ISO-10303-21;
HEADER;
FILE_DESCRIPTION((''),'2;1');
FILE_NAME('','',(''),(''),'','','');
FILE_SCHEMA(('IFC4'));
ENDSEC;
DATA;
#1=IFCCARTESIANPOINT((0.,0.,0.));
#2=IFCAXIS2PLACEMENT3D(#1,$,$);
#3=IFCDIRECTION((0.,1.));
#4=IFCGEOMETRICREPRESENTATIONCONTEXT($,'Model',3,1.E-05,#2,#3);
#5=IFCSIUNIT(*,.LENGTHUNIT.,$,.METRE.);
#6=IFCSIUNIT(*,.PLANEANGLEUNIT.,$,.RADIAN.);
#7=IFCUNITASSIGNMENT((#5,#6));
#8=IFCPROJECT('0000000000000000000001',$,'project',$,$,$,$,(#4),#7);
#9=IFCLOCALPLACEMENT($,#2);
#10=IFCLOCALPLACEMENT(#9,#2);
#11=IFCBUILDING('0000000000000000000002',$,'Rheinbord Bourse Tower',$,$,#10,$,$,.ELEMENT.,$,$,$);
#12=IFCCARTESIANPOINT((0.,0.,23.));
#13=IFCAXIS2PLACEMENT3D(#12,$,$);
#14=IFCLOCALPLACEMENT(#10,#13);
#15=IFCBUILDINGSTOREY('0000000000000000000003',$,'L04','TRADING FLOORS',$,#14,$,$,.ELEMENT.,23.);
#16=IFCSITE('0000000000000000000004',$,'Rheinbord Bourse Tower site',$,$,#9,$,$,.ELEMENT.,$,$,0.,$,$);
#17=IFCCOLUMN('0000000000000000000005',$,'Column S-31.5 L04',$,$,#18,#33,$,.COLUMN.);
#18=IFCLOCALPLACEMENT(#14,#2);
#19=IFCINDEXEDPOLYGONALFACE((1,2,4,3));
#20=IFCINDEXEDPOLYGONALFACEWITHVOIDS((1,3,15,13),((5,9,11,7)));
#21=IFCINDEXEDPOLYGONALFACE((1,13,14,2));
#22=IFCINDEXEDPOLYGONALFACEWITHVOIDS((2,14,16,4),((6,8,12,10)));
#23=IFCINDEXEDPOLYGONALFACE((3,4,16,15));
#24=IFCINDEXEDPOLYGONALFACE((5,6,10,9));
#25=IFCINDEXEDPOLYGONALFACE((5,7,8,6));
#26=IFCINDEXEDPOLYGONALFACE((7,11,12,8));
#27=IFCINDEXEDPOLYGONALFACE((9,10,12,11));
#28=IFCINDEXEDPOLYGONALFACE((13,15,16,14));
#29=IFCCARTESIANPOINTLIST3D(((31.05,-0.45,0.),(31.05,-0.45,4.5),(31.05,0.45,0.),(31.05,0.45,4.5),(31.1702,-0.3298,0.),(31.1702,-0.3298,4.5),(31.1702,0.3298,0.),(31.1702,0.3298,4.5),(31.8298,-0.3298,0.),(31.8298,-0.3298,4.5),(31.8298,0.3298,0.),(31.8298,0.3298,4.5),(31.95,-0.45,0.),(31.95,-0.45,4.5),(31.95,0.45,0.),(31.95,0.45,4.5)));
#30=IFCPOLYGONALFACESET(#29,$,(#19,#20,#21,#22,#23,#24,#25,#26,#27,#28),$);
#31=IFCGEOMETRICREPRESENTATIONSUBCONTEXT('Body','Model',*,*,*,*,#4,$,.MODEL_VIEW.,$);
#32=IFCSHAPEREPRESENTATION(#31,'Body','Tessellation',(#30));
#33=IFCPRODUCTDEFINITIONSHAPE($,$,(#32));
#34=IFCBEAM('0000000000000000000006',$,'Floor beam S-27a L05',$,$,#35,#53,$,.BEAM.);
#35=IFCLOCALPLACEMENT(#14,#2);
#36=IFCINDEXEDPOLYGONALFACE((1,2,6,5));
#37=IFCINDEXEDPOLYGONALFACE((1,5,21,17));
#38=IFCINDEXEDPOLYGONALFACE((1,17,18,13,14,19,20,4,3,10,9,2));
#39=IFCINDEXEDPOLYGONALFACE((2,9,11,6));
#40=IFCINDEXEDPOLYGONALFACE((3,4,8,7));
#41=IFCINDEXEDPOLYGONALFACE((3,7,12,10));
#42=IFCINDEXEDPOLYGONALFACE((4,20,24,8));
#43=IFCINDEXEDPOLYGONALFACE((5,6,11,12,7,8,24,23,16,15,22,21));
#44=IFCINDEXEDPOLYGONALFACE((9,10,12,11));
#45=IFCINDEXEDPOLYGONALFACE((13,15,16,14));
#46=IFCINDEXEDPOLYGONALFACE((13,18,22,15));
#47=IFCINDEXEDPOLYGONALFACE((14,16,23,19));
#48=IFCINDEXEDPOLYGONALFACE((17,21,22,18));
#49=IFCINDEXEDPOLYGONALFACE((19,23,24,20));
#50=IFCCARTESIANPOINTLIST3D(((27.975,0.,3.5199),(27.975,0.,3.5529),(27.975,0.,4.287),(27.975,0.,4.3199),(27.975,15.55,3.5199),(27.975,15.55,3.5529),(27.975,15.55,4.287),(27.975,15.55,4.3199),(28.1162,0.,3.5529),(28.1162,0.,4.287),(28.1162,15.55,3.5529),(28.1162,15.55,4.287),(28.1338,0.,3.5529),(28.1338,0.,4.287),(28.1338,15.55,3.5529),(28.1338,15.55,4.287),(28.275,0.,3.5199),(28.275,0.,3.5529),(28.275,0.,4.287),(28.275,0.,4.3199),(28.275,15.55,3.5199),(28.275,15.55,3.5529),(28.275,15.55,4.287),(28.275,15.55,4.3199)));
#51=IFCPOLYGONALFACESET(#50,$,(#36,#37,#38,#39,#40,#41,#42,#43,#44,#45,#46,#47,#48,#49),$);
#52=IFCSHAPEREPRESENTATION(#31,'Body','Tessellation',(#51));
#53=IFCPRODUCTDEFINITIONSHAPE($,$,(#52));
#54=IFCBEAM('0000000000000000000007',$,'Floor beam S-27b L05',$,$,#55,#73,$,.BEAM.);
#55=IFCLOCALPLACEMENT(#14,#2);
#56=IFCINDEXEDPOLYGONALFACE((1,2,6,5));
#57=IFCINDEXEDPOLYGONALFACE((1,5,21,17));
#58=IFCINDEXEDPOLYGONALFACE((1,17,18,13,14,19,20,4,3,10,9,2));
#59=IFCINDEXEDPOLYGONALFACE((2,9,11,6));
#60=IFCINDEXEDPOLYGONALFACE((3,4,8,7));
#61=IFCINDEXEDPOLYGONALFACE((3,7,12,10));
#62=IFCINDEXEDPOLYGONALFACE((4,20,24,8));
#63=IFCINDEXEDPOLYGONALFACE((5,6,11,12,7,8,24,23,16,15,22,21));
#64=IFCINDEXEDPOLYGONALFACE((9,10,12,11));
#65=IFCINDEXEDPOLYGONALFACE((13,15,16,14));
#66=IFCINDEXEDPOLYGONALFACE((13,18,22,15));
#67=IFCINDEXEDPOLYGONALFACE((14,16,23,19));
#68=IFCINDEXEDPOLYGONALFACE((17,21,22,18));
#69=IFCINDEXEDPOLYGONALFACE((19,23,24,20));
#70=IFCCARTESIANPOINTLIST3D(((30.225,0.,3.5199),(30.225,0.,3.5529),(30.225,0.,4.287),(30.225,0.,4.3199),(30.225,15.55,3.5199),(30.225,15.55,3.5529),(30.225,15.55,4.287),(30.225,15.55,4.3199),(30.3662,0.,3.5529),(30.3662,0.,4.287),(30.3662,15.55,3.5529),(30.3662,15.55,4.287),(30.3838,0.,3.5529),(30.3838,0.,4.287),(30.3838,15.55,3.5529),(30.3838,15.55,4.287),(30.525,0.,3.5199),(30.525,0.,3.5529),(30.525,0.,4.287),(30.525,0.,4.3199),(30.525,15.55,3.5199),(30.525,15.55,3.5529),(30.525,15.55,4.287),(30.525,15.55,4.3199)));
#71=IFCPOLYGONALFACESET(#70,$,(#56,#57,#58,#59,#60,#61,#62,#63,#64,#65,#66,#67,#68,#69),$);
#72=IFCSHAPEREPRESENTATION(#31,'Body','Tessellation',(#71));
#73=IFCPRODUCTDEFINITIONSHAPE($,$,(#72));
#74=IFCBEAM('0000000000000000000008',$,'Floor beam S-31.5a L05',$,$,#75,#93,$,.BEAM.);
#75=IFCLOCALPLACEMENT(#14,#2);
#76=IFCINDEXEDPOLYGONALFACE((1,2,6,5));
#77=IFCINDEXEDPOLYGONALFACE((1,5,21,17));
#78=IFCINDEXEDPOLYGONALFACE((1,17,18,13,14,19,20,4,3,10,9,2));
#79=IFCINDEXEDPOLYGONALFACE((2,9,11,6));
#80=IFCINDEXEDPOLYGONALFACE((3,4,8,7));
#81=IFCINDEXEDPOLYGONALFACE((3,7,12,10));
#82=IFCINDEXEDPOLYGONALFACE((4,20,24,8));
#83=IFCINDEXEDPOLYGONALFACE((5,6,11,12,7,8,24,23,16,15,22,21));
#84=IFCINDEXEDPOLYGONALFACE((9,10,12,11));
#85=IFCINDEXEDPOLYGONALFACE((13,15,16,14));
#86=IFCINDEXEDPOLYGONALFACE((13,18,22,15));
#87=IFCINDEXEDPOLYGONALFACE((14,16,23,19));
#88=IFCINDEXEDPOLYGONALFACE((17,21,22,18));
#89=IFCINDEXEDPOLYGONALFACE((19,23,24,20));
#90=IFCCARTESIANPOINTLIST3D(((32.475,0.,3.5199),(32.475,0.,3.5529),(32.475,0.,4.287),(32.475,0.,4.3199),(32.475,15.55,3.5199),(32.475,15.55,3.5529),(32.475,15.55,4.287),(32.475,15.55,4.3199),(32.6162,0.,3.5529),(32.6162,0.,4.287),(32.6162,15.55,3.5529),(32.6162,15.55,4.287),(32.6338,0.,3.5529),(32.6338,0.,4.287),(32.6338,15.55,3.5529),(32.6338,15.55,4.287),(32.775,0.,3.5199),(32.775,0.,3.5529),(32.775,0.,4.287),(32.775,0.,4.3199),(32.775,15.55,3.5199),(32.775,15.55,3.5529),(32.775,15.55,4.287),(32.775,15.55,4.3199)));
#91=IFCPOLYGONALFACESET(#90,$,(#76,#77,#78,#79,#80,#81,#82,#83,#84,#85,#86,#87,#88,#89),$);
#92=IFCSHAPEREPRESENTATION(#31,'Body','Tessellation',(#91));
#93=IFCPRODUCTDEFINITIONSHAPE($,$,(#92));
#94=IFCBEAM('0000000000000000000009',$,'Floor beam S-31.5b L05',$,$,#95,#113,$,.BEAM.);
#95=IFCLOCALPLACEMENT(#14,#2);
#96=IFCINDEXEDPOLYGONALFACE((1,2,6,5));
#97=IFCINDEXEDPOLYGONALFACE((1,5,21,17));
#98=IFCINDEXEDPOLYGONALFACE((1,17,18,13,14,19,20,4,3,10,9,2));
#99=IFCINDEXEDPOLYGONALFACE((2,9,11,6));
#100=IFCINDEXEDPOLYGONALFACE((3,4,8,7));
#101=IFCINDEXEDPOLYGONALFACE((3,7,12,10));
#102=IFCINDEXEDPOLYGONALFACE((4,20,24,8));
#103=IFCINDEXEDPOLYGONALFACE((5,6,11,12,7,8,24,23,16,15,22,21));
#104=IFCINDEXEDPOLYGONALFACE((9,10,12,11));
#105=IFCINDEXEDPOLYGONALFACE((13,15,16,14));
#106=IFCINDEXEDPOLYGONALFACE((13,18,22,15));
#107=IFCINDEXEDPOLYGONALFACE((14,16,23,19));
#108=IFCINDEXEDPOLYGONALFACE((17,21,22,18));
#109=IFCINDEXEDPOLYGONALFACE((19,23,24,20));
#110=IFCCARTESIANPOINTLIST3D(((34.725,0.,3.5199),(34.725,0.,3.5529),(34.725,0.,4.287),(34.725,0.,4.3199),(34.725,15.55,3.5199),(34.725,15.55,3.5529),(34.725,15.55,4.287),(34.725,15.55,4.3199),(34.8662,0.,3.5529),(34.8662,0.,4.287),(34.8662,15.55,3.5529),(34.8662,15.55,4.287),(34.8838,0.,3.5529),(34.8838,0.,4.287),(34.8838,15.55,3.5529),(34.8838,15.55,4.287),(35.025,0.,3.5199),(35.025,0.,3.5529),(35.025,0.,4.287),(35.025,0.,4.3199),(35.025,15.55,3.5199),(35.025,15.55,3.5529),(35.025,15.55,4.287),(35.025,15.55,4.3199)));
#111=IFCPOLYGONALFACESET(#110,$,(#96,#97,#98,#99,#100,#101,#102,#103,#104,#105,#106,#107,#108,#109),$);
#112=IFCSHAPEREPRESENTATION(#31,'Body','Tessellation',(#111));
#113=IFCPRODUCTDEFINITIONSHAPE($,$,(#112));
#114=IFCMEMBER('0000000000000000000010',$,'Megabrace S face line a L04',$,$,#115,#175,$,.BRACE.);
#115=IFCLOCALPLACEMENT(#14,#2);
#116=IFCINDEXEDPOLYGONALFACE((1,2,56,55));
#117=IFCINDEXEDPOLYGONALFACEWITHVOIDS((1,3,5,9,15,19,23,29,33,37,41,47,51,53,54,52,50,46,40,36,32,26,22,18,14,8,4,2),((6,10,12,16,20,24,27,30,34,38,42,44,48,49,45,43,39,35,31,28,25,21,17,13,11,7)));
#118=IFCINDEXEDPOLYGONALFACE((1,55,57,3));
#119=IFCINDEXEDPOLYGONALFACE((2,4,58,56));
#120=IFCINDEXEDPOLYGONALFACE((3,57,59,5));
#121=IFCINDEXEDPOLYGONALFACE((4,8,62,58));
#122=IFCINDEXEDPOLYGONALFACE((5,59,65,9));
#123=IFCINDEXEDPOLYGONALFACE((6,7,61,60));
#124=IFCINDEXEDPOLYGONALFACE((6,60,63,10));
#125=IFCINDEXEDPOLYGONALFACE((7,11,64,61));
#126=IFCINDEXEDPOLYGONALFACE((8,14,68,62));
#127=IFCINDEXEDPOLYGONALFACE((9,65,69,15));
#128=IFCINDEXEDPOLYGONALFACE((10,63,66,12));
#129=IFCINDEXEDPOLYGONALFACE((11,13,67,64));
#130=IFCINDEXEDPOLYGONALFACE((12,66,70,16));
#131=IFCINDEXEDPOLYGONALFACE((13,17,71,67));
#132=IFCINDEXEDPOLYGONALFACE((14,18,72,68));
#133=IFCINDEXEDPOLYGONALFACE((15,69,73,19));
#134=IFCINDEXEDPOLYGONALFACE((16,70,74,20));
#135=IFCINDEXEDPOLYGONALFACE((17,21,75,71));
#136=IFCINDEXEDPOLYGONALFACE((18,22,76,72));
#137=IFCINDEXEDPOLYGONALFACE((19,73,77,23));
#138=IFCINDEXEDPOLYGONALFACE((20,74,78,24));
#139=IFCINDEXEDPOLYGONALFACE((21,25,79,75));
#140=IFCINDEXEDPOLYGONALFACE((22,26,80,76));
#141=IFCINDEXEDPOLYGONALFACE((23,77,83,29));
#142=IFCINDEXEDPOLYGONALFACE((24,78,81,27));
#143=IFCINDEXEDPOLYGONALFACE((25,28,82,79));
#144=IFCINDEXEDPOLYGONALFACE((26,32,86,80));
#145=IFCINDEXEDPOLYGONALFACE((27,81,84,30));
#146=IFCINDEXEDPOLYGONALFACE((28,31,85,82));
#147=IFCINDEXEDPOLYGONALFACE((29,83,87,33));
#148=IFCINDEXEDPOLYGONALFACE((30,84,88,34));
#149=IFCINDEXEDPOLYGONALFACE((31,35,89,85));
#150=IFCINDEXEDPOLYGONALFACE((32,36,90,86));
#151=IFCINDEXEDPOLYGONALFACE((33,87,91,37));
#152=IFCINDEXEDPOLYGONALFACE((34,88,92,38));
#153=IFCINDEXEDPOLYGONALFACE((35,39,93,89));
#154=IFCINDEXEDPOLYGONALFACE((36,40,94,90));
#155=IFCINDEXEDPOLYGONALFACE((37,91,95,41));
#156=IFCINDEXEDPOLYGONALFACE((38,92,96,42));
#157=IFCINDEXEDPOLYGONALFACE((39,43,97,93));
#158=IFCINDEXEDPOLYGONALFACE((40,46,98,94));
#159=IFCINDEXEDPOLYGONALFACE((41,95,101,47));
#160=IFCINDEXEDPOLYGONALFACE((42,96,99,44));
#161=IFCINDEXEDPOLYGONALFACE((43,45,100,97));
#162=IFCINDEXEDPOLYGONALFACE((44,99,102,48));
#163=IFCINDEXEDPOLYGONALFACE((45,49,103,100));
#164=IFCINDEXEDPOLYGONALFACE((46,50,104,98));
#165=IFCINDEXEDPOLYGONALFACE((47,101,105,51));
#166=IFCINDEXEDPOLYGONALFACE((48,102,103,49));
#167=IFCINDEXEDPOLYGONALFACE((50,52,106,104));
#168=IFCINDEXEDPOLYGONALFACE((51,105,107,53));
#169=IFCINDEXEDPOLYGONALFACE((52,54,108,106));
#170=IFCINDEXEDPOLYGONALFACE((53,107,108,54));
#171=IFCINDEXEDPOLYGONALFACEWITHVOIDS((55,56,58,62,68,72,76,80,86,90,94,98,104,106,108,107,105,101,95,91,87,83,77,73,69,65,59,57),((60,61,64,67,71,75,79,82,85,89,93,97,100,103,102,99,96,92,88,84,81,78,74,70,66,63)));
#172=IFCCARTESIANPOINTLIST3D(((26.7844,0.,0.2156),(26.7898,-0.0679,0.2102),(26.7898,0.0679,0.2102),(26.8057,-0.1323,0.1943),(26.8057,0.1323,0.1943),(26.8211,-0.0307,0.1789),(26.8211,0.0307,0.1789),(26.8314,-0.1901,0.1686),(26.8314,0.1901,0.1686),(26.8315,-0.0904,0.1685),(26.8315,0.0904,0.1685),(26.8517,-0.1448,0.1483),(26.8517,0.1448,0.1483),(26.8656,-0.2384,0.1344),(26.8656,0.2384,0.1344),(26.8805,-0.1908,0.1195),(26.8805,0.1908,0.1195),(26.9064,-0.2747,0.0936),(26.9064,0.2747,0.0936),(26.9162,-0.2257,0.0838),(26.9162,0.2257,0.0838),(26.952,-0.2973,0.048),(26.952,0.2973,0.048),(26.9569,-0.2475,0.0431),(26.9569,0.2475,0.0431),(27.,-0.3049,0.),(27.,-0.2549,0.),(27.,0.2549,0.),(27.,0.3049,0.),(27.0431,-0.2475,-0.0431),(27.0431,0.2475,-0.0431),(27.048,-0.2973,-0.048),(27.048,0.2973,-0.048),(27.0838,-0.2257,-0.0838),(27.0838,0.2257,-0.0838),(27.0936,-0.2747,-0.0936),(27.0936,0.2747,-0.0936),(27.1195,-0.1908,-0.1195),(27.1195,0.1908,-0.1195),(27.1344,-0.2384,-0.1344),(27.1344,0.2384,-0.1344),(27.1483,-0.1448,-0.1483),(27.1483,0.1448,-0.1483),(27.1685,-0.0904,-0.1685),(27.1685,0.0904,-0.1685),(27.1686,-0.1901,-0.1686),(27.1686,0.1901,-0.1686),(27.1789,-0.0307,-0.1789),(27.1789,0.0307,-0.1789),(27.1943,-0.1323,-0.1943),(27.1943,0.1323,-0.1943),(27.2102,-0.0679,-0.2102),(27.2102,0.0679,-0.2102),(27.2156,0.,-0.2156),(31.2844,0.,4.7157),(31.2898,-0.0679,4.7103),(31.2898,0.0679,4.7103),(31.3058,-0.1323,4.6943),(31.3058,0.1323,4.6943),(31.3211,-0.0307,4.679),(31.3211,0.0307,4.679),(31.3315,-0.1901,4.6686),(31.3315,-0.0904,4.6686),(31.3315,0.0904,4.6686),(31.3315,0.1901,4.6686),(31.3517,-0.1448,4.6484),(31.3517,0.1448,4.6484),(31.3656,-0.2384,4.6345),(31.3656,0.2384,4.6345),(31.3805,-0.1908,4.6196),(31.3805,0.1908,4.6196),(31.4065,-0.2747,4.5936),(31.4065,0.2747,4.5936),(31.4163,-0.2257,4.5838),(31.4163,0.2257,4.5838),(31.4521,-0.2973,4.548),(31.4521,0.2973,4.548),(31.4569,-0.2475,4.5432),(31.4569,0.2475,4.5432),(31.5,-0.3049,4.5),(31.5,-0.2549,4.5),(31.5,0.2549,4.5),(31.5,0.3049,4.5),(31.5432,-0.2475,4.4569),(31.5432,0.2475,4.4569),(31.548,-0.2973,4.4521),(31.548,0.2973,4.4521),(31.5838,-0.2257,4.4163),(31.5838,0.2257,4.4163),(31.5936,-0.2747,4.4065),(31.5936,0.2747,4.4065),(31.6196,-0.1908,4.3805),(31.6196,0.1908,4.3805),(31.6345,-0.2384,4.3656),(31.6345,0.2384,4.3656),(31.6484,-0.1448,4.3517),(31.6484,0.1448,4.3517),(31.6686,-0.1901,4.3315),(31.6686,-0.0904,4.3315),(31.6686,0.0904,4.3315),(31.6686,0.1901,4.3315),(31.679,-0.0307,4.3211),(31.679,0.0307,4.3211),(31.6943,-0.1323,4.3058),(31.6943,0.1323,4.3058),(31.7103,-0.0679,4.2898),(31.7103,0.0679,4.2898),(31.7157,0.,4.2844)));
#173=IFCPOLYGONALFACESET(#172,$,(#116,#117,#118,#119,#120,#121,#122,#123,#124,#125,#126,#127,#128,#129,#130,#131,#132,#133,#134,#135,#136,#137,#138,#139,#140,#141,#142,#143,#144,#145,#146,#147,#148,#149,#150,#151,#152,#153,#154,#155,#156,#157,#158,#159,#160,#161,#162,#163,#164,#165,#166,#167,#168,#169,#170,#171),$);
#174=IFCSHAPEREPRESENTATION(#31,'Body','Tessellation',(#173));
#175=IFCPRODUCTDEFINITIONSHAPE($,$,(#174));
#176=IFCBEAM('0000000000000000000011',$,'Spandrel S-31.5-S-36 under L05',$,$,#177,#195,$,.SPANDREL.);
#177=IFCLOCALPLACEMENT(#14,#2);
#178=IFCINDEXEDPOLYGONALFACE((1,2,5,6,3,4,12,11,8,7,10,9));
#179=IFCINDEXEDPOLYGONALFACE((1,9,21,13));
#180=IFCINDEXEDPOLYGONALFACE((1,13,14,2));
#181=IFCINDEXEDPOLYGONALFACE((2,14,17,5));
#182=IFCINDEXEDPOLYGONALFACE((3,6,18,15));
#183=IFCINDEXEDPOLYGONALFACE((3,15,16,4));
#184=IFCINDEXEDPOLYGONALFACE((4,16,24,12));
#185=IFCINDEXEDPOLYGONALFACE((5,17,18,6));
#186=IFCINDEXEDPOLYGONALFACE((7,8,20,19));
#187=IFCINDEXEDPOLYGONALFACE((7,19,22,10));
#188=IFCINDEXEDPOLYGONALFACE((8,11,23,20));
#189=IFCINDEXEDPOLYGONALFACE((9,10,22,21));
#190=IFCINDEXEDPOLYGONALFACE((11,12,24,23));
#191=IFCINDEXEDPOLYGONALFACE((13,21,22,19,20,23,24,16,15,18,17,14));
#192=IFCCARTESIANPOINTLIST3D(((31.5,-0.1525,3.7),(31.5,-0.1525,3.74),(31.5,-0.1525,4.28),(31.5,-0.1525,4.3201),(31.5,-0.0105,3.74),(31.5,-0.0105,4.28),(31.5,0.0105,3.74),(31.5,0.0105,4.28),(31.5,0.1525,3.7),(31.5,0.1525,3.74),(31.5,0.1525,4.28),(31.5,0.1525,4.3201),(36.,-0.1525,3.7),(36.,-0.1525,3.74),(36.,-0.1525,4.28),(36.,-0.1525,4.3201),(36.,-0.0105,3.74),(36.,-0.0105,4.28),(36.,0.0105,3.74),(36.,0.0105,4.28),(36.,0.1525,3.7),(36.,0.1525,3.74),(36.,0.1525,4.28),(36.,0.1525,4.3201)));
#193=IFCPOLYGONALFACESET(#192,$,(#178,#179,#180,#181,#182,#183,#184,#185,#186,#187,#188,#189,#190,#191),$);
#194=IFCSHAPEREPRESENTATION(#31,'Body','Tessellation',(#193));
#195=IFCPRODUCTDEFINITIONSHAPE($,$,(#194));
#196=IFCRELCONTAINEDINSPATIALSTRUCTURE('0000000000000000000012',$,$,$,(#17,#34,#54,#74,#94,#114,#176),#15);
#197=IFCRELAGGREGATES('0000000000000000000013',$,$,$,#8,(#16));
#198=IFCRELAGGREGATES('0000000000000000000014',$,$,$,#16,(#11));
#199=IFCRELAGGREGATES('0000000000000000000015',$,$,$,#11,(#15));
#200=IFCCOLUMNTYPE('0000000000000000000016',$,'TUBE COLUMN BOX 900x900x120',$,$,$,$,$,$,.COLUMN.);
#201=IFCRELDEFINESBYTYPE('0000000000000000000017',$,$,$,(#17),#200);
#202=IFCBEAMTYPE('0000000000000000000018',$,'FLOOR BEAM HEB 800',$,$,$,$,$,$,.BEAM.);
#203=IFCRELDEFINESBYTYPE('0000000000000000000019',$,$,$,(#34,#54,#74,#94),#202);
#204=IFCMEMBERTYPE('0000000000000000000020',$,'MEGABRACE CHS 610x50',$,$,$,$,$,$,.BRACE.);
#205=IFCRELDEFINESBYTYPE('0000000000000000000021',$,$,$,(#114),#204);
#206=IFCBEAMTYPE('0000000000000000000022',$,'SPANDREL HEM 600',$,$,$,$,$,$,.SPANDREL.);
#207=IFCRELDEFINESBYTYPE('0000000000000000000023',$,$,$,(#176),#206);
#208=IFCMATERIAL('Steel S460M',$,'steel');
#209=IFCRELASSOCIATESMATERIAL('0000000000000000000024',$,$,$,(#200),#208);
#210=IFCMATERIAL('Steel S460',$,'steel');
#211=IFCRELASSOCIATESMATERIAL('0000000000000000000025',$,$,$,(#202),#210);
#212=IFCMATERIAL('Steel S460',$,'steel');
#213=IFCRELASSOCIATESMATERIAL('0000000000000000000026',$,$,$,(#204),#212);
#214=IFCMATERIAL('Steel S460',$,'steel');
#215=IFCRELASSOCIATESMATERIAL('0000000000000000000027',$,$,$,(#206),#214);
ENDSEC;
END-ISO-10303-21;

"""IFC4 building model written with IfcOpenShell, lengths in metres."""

from ifc_helpers import new_model, si_unit, direction, frame, origin, origin_2d, place, context, subcontext, project, spatial, hollow_rectangle, hollow_circle, i_section, extrude, material, material_profile, profile_set, type_object, element, save


model = new_model("IFC4")

# Units and contexts
model_context = context("Model", 3, precision=1e-05, world=origin(), true_north=direction((0.0, 1.0)))
body_context = subcontext(model_context, "Body", "Model", "MODEL_VIEW")
ifc_project = project(units=[si_unit("LENGTHUNIT", "METRE"), si_unit("PLANEANGLEUNIT", "RADIAN")], contexts=[model_context])

# Site, building, storey
site_placement = place(None, origin())
site = spatial("IfcSite", under=ifc_project, at=site_placement, Name="Rheinbord Bourse Tower site", CompositionType="ELEMENT", RefElevation=0.0)
building_placement = place(site_placement, origin())
building = spatial("IfcBuilding", under=site, at=building_placement, Name="Rheinbord Bourse Tower", CompositionType="ELEMENT")
storey_placement = place(building_placement, frame((0.0, 0.0, 23.0)))
storey = spatial("IfcBuildingStorey", under=building, at=storey_placement, Name="L04", Description="TRADING FLOORS", CompositionType="ELEMENT", Elevation=23.0)

# Column
ifc_material_1 = material(Name="Steel S460M", Category="steel")
ifc_material_profile_1 = material_profile(ifc_material_1, hollow_rectangle(XDim=0.8999, YDim=0.8999, WallThickness=0.1201, at=origin_2d()), Name="BOX 900x900x120")
ifc_profile_set_1 = profile_set([ifc_material_profile_1], Name="Steel S460M")
column_type = type_object("IfcColumnType", Name="TUBE COLUMN BOX 900x900x120", PredefinedType="COLUMN", material=ifc_profile_set_1)
column_placement = place(storey_placement, frame((31.5, 0.0, 0.0), z_axis=(0.0, 0.0, 1.0), x_axis=(0.0, 1.0, 0.0)))
element("IfcColumn", 1, at=column_placement, inside=storey, type_object=column_type, Name="Column S-31.5 L04", PredefinedType="COLUMN", context=body_context, shape_type="SweptSolid", body=[
    extrude(hollow_rectangle(XDim=0.8999, YDim=0.8999, WallThickness=0.1201, at=origin_2d()), origin(), (0.0, 0.0, 1.0), 4.5),
])

# Beams
ifc_material_2 = material(Name="Steel S460", Category="steel")
ifc_material_profile_2 = material_profile(ifc_material_2, i_section(OverallWidth=0.3, OverallDepth=0.8, WebThickness=0.0176, FlangeThickness=0.033, at=origin_2d()), Name="HEB 800")
ifc_profile_set_2 = profile_set([ifc_material_profile_2], Name="Steel S460")
beam_type_1 = type_object("IfcBeamType", Name="FLOOR BEAM HEB 800", PredefinedType="BEAM", material=ifc_profile_set_2)
for number, where, z_axis, x_axis, name in (
    (2, (28.125, 0.0, 3.9199), (0.0, 1.0, 0.0), (-1.0, 0.0, 0.0), "Floor beam S-27a L05"),
    (3, (30.375, 0.0, 3.9199), (0.0, 1.0, 0.0), (-1.0, 0.0, 0.0), "Floor beam S-27b L05"),
    (4, (32.625, 0.0, 3.9199), (0.0, 1.0, 0.0), (-1.0, 0.0, 0.0), "Floor beam S-31.5a L05"),
    (5, (34.875, 0.0, 3.9199), (0.0, 1.0, 0.0), (-1.0, 0.0, 0.0), "Floor beam S-31.5b L05"),
):
    element("IfcBeam", number, at=place(storey_placement, frame(where, z_axis=z_axis, x_axis=x_axis)), inside=storey, type_object=beam_type_1, Name=name, PredefinedType="BEAM", context=body_context, shape_type="SweptSolid", body=[
        extrude(i_section(OverallWidth=0.3, OverallDepth=0.8, WebThickness=0.0176, FlangeThickness=0.033, at=origin_2d()), origin(), (0.0, 0.0, 1.0), 15.55),
    ])

# Member
ifc_material_3 = material(Name="Steel S460", Category="steel")
ifc_material_profile_3 = material_profile(ifc_material_3, hollow_circle(Radius=0.3049, WallThickness=0.05, at=origin_2d()), Name="CHS 610x50")
ifc_profile_set_3 = profile_set([ifc_material_profile_3], Name="Steel S460")
member_type = type_object("IfcMemberType", Name="MEGABRACE CHS 610x50", PredefinedType="BRACE", material=ifc_profile_set_3)
member_placement = place(storey_placement, frame((27.0, 0.0, 0.0), z_axis=(0.707107, 0.0, 0.707107), x_axis=(0.0, 1.0, 0.0)))
element("IfcMember", 6, at=member_placement, inside=storey, type_object=member_type, Name="Megabrace S face line a L04", PredefinedType="BRACE", context=body_context, shape_type="SweptSolid", body=[
    extrude(hollow_circle(Radius=0.3049, WallThickness=0.05, at=origin_2d()), origin(), (0.0, 0.0, 1.0), 6.364),
])

# Beam
ifc_material_4 = material(Name="Steel S460", Category="steel")
ifc_material_profile_4 = material_profile(ifc_material_4, i_section(OverallWidth=0.3049, OverallDepth=0.6201, WebThickness=0.021, FlangeThickness=0.04, at=origin_2d()), Name="HEM 600")
ifc_profile_set_4 = profile_set([ifc_material_profile_4], Name="Steel S460")
beam_type_2 = type_object("IfcBeamType", Name="SPANDREL HEM 600", PredefinedType="SPANDREL", material=ifc_profile_set_4)
beam_placement = place(storey_placement, frame((31.5, 0.0, 4.01), z_axis=(1.0, 0.0, 0.0), x_axis=(0.0, 1.0, 0.0)))
element("IfcBeam", 7, at=beam_placement, inside=storey, type_object=beam_type_2, Name="Spandrel S-31.5-S-36 under L05", PredefinedType="SPANDREL", context=body_context, shape_type="SweptSolid", body=[
    extrude(i_section(OverallWidth=0.3049, OverallDepth=0.6201, WebThickness=0.021, FlangeThickness=0.04, at=origin_2d()), origin(), (0.0, 0.0, 1.0), 4.5),
])

save(model, "model.ifc")
